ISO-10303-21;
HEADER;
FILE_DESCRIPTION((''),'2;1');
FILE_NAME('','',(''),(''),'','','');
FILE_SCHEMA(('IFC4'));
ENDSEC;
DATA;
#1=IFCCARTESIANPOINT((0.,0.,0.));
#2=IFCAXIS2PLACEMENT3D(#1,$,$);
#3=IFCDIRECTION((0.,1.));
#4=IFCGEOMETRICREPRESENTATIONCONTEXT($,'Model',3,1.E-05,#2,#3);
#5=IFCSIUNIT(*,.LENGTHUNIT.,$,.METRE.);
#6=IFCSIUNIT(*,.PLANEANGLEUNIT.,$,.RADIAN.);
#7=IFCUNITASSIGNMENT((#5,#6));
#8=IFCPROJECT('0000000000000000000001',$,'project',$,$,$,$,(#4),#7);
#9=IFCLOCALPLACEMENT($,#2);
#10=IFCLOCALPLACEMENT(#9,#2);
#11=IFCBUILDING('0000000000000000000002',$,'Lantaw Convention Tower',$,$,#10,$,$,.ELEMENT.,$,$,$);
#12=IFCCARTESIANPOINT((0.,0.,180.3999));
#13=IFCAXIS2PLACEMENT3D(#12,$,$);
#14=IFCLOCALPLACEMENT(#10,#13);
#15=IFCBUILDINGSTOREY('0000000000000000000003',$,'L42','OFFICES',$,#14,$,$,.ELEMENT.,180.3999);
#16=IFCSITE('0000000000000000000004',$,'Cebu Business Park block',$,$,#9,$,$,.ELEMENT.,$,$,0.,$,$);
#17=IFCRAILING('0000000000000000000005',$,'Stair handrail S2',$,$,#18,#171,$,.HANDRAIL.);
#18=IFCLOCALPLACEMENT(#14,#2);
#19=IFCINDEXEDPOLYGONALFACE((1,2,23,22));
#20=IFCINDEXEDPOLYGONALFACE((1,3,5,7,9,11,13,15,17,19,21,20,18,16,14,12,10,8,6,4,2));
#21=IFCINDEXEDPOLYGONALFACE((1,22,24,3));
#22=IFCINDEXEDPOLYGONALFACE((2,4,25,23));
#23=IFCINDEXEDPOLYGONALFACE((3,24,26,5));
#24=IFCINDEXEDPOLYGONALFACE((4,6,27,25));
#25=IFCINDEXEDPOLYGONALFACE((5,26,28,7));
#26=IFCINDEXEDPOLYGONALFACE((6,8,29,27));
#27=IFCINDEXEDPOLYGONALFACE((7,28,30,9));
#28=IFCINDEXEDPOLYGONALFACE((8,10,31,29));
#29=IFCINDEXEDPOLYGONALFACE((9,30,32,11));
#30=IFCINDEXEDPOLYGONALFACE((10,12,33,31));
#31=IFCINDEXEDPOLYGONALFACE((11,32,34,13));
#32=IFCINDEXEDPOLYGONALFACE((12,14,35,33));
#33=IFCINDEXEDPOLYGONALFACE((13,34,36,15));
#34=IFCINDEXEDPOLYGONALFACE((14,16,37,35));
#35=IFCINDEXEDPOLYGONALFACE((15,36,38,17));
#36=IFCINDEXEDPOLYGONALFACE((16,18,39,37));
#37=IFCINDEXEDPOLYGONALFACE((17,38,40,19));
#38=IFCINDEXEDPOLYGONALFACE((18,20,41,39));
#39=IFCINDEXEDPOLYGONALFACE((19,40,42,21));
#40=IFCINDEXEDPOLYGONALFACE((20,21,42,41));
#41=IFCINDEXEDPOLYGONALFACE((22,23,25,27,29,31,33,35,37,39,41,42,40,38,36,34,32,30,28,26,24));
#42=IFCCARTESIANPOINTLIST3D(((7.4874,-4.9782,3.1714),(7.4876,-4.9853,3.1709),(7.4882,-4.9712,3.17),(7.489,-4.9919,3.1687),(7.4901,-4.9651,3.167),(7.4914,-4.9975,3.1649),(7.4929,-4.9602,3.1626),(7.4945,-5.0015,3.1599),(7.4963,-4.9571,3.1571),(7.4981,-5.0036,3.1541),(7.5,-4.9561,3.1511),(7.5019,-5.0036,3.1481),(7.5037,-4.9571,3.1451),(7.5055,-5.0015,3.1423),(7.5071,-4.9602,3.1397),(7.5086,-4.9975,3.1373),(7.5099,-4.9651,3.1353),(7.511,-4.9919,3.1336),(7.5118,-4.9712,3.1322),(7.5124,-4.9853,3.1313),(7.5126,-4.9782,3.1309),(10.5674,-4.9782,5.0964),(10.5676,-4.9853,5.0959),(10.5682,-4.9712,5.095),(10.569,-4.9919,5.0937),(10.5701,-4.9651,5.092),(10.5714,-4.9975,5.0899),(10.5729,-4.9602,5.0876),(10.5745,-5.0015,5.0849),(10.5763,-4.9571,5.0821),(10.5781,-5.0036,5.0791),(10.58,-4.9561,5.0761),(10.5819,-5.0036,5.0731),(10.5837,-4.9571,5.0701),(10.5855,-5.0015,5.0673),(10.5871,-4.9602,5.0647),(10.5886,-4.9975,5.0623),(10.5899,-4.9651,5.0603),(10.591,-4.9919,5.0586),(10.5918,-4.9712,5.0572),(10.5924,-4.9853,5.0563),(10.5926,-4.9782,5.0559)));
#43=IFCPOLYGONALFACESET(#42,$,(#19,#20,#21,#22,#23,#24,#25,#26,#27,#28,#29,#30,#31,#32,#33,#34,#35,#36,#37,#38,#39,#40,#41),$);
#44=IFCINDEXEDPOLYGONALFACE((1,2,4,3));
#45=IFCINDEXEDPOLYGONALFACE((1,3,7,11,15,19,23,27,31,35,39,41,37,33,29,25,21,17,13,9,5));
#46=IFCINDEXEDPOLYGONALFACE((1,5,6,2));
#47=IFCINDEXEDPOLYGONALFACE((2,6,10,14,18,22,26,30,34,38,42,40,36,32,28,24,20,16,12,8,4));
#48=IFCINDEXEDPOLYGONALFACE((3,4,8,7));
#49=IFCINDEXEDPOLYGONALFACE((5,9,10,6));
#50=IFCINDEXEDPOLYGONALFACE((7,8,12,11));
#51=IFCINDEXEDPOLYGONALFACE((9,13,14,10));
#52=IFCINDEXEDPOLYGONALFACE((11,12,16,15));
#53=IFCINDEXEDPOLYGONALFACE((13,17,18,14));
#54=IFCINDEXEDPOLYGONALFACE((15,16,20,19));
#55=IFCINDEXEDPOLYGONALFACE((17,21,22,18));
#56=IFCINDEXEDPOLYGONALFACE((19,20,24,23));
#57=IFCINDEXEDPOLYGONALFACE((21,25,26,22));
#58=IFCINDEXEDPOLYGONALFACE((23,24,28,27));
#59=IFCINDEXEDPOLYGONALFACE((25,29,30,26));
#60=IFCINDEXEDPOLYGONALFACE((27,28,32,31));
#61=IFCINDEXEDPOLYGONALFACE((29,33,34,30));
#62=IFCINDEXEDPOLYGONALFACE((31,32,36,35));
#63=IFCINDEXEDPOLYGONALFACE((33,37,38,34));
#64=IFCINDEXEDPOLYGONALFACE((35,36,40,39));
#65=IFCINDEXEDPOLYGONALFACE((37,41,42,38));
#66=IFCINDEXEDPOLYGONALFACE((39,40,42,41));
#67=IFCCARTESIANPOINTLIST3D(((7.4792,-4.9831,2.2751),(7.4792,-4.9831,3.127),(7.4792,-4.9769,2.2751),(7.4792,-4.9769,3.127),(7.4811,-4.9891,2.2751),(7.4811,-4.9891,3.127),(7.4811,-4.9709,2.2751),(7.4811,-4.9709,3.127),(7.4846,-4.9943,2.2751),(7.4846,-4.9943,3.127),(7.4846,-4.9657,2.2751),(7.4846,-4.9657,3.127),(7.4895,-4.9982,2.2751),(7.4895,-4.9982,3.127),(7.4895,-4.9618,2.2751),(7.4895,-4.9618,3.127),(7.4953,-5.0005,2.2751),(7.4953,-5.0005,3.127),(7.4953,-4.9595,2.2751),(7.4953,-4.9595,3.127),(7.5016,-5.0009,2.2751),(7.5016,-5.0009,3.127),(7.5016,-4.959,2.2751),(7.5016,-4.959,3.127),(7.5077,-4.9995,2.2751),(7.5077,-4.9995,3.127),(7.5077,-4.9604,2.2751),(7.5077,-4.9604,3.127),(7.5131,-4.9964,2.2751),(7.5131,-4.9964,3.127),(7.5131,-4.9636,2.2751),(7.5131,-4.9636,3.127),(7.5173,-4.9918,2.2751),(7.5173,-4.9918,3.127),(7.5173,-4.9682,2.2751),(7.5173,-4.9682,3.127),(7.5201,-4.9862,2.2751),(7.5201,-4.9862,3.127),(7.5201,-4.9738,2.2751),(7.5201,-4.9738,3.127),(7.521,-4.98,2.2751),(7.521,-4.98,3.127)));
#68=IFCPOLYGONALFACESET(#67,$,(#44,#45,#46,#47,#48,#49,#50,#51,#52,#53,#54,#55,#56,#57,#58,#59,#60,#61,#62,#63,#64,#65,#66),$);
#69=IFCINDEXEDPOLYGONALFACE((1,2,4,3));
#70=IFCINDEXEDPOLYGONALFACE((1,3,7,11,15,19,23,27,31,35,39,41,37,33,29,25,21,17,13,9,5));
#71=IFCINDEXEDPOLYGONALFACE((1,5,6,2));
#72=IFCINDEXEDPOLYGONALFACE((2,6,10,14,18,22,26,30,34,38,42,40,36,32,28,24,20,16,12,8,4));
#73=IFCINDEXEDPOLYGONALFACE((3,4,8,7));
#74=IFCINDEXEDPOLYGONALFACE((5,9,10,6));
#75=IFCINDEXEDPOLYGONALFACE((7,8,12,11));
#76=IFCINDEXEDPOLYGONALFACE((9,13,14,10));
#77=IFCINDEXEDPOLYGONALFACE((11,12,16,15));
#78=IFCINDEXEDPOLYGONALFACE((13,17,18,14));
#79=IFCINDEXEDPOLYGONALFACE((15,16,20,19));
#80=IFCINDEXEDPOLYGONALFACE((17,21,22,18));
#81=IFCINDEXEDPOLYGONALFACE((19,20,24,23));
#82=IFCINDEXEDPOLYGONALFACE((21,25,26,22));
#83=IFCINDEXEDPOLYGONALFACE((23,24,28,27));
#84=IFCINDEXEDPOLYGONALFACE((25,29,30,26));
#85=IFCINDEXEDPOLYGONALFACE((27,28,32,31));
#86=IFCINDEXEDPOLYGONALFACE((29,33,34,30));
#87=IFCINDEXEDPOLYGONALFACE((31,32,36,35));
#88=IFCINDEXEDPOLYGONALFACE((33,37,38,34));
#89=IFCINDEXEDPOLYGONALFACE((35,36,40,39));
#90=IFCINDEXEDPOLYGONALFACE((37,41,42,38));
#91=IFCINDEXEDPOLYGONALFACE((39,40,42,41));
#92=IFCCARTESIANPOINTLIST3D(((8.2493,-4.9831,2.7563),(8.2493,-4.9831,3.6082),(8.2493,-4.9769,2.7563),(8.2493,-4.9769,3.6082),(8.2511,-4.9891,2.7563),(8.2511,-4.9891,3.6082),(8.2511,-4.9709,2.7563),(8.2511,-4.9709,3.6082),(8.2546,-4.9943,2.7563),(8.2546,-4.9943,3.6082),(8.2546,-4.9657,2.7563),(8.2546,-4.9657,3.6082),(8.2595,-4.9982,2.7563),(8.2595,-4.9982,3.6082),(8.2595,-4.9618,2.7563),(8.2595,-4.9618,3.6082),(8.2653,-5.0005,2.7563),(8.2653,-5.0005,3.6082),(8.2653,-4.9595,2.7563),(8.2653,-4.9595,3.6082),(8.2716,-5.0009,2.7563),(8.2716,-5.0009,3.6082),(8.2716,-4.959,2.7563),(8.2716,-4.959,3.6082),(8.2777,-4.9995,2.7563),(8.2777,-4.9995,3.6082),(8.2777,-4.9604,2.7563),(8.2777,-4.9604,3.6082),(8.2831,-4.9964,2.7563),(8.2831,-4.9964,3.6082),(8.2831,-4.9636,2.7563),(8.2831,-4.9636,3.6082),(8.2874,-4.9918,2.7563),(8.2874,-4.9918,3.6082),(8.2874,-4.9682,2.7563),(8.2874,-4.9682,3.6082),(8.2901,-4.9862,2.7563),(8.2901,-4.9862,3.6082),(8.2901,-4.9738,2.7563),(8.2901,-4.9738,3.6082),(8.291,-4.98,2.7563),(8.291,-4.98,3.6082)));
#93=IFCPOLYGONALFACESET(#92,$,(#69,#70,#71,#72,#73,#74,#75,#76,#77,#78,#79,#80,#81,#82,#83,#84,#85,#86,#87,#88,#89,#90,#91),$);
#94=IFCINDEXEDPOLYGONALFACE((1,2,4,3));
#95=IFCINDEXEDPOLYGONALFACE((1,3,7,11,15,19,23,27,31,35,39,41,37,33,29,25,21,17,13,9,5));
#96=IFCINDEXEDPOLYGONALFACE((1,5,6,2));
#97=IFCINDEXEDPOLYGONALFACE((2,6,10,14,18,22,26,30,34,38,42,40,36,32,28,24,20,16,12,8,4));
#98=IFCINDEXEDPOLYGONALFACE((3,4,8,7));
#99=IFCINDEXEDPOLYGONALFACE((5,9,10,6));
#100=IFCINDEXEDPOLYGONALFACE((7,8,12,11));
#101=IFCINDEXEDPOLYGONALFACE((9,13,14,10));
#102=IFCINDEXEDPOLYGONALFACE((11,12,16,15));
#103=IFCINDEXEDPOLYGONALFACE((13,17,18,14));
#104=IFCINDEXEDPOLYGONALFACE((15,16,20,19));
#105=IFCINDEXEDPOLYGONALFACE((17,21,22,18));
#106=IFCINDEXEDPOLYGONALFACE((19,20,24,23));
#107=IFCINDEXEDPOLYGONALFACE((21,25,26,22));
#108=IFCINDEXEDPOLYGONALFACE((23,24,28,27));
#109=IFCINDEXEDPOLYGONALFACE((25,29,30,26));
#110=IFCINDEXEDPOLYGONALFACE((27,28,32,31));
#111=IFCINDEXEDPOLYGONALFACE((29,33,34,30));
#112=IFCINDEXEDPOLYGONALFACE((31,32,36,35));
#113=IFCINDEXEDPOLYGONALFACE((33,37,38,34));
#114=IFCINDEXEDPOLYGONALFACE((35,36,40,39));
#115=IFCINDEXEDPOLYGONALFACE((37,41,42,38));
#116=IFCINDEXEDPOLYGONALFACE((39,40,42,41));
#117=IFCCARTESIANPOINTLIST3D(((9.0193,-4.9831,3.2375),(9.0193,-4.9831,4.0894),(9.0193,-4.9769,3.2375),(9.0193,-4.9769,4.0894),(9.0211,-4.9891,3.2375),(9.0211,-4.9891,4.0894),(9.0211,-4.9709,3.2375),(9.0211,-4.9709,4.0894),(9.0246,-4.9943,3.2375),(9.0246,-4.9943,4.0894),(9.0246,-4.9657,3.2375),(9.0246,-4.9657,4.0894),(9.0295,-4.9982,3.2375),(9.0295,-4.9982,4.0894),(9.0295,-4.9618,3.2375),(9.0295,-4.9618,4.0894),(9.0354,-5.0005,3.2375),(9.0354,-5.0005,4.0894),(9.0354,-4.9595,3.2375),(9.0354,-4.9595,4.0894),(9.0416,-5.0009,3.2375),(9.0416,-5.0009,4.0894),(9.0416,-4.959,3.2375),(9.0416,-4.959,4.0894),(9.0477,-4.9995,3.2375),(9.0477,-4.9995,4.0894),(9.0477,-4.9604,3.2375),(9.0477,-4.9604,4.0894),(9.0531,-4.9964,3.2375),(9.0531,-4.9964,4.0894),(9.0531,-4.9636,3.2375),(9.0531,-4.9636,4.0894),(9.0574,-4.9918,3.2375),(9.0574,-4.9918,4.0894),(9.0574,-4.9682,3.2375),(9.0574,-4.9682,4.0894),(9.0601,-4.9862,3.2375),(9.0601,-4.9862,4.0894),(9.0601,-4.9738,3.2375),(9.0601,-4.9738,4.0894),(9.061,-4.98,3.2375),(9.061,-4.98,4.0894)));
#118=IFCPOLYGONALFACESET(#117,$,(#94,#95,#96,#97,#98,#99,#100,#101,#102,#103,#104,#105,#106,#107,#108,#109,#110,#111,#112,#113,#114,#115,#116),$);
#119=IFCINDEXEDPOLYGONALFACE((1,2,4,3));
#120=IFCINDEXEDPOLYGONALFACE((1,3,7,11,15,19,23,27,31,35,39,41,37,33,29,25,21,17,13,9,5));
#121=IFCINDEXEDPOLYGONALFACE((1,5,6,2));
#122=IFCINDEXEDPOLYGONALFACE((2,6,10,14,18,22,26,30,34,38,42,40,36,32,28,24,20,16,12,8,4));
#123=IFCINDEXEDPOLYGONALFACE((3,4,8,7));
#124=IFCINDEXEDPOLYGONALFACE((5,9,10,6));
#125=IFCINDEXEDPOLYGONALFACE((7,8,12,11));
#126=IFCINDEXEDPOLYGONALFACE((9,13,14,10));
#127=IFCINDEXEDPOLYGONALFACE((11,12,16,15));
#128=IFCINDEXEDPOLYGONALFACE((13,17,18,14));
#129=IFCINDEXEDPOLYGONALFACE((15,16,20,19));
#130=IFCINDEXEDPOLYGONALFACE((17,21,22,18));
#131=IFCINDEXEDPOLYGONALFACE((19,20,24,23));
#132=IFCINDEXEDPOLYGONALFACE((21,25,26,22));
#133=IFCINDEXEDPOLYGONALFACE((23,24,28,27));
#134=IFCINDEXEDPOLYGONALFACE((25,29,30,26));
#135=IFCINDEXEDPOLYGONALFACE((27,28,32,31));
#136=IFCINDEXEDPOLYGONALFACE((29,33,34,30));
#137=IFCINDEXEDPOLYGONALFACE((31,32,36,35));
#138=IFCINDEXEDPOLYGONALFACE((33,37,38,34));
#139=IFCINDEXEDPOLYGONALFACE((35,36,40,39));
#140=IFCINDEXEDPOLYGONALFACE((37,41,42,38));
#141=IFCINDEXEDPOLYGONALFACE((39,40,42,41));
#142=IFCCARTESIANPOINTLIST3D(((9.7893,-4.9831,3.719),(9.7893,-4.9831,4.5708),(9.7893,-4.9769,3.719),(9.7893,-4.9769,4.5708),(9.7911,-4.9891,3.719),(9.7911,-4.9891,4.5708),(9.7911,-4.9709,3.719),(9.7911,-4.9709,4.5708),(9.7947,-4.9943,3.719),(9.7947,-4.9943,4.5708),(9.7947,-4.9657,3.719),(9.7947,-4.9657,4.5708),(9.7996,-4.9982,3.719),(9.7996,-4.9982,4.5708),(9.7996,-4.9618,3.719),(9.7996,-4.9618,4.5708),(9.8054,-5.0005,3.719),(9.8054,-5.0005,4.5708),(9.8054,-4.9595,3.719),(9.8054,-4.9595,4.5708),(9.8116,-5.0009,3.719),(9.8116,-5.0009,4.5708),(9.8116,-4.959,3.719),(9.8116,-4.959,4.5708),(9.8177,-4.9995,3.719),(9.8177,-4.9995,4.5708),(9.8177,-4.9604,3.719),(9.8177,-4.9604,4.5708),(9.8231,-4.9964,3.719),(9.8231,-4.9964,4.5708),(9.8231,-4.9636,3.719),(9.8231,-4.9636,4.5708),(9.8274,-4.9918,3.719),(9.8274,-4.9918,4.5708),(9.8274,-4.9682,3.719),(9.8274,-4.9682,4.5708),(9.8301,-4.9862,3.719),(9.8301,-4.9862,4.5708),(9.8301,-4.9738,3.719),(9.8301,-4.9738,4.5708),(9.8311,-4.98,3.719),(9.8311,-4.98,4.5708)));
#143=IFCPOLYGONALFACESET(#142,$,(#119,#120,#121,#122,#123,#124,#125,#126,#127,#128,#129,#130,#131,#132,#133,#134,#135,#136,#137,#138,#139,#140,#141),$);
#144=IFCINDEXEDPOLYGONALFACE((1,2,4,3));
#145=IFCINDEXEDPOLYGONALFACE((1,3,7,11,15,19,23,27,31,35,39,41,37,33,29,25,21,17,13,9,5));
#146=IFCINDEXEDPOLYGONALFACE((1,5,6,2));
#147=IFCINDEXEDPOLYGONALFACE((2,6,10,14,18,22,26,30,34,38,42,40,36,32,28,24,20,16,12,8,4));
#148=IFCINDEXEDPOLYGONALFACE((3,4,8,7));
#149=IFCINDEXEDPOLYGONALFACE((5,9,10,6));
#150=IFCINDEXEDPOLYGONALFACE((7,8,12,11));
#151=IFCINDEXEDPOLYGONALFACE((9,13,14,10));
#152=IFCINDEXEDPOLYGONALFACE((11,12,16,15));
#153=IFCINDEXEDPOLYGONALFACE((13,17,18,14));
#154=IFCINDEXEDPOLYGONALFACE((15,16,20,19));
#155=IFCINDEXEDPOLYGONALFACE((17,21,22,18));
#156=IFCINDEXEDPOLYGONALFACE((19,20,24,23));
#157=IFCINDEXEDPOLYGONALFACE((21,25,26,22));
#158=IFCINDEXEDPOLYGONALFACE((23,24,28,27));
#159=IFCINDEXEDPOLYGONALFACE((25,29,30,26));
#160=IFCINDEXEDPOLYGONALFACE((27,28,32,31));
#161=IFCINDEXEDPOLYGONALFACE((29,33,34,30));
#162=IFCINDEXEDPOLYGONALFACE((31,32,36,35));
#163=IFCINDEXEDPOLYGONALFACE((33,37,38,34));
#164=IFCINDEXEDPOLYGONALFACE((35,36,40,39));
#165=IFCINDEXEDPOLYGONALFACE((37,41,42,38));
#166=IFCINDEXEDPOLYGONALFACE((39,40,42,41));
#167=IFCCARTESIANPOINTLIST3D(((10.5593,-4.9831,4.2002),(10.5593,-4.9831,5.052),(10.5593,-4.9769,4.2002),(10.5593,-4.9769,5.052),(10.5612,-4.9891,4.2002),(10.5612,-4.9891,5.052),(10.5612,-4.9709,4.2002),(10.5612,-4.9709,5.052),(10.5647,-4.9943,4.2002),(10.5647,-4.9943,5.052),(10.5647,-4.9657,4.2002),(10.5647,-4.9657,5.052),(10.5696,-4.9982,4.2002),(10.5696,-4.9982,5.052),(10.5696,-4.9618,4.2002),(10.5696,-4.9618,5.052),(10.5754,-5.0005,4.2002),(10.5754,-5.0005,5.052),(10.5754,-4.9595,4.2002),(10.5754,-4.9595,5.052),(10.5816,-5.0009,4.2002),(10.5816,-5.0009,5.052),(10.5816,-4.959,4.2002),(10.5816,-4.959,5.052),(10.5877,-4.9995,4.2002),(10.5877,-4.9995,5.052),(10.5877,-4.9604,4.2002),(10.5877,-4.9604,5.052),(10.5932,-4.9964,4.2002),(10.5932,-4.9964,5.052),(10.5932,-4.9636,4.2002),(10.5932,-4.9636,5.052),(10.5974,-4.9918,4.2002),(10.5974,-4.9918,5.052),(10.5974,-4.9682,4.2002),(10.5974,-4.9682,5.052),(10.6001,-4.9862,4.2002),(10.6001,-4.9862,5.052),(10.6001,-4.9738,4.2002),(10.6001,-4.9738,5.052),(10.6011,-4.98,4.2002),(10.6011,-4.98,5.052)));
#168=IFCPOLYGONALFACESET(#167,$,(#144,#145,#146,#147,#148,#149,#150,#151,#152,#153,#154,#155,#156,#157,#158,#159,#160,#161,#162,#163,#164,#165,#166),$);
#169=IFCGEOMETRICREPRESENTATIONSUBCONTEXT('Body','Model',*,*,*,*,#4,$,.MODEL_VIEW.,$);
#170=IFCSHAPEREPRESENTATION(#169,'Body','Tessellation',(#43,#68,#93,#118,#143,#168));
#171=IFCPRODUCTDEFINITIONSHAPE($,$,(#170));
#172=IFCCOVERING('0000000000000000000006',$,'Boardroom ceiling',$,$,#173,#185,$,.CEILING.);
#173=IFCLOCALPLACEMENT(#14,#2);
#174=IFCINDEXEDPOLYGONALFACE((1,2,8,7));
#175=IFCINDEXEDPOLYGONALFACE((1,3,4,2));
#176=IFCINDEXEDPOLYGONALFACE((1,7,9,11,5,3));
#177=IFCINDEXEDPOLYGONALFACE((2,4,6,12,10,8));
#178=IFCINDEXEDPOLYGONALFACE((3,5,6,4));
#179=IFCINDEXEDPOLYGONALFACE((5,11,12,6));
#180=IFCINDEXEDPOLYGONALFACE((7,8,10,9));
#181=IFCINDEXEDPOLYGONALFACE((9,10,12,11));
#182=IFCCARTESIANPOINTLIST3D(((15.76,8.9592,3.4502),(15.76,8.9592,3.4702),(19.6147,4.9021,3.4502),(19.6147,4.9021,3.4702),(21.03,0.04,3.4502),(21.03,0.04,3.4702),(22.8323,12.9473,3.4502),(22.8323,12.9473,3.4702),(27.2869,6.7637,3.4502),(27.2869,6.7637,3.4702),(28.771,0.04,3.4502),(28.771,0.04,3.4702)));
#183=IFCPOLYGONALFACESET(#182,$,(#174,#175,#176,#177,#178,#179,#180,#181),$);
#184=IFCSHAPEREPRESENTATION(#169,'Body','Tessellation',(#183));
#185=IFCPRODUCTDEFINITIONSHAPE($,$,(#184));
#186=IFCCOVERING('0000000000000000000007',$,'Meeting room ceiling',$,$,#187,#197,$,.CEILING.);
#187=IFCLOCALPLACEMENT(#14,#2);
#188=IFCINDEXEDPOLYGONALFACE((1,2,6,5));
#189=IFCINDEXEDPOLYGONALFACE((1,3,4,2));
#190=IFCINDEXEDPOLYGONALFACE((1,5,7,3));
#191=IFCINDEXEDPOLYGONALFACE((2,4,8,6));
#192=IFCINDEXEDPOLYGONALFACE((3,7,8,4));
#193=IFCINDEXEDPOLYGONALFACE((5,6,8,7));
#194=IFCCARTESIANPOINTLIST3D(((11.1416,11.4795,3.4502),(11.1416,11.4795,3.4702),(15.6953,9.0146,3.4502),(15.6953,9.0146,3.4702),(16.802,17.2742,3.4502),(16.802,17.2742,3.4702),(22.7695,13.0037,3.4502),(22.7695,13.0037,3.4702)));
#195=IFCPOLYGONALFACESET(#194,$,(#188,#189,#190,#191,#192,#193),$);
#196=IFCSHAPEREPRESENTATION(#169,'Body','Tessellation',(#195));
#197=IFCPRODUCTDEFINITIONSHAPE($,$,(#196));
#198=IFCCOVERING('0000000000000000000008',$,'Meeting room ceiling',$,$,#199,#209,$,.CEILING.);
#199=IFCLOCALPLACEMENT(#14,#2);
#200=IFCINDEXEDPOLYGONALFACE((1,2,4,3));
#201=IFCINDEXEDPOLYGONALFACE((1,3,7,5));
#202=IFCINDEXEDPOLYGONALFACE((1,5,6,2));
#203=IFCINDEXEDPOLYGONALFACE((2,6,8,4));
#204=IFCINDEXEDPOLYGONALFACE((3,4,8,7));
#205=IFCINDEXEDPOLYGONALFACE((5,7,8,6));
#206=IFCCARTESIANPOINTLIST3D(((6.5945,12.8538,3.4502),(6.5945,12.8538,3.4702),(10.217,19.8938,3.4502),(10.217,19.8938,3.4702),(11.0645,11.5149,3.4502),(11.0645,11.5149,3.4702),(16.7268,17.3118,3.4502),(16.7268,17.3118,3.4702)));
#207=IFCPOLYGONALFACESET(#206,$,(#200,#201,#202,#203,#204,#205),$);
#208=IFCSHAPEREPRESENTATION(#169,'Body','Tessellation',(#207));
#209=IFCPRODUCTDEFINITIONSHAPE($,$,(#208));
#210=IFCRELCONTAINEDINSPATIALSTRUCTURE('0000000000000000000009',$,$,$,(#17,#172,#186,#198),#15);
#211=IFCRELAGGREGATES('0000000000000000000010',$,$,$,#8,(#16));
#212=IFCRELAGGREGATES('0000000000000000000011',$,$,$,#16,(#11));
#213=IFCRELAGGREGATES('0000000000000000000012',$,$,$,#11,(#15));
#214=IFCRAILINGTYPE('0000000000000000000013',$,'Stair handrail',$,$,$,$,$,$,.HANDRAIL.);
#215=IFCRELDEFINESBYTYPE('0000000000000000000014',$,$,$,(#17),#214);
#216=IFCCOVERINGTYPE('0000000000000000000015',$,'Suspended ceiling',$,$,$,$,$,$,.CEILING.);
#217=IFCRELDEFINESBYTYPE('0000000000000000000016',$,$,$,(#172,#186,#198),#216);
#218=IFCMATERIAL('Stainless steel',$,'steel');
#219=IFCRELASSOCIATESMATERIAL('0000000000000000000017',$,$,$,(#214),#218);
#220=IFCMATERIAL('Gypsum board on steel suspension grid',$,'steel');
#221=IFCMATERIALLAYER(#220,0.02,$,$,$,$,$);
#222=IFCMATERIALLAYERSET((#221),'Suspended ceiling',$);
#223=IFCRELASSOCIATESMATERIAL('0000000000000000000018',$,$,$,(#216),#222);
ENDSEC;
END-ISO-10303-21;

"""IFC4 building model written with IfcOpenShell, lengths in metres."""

from ifc_helpers import new_model, si_unit, direction, frame, origin, origin_2d, place, context, subcontext, project, spatial, polyline, circle, outline, extrude, material, layer, layer_set, type_object, element, save


model = new_model("IFC4")

# Units and contexts
model_context = context("Model", 3, precision=1e-05, world=origin(), true_north=direction((0.0, 1.0)))
body_context = subcontext(model_context, "Body", "Model", "MODEL_VIEW")
ifc_project = project(units=[si_unit("LENGTHUNIT", "METRE"), si_unit("PLANEANGLEUNIT", "RADIAN")], contexts=[model_context])

# Site, building, storey
site_placement = place(None, origin())
site = spatial("IfcSite", under=ifc_project, at=site_placement, Name="Cebu Business Park block", CompositionType="ELEMENT", RefElevation=0.0)
building_placement = place(site_placement, origin())
building = spatial("IfcBuilding", under=site, at=building_placement, Name="Lantaw Convention Tower", CompositionType="ELEMENT")
storey_placement = place(building_placement, frame((0.0, 0.0, 180.3999)))
storey = spatial("IfcBuildingStorey", under=building, at=storey_placement, Name="L42", Description="OFFICES", CompositionType="ELEMENT", Elevation=180.3999)

# Railing
ifc_material_1 = material(Name="Stainless steel", Category="steel")
railing_type = type_object("IfcRailingType", Name="Stair handrail", PredefinedType="HANDRAIL", material=ifc_material_1)
railing_1_placement = place(storey_placement, frame((7.5, -4.98, 2.2751)))
element("IfcRailing", 1, at=railing_1_placement, inside=storey, type_object=railing_type, Name="Stair handrail S2", PredefinedType="HANDRAIL", context=body_context, shape_type="SweptSolid", body=[
    extrude(circle(Radius=0.0239, at=origin_2d()), frame((0.0, 0.0, 0.876), z_axis=(0.847998, 0.0, 0.529999), x_axis=(0.0, 1.0, 0.0)), (0.0, 0.0, 1.0), 3.6321),
    extrude(circle(Radius=0.021, at=origin_2d()), origin(), (0.0, 0.0, 1.0), 0.8518),
    extrude(circle(Radius=0.021, at=origin_2d()), frame((0.77, 0.0, 0.4812)), (0.0, 0.0, 1.0), 0.8518),
    extrude(circle(Radius=0.021, at=origin_2d()), frame((1.54, 0.0, 0.9624)), (0.0, 0.0, 1.0), 0.8518),
    extrude(circle(Radius=0.021, at=origin_2d()), frame((2.3101, 0.0, 1.4438)), (0.0, 0.0, 1.0), 0.8518),
    extrude(circle(Radius=0.021, at=origin_2d()), frame((3.0801, 0.0, 1.925)), (0.0, 0.0, 1.0), 0.8518),
])

# Coverings
ifc_material_2 = material(Name="Gypsum board on steel suspension grid", Category="steel")
ifc_layer_1 = layer(ifc_material_2, 0.02)
ifc_layer_set_1 = layer_set([ifc_layer_1], Name="Suspended ceiling")
covering_type = type_object("IfcCoveringType", Name="Suspended ceiling", PredefinedType="CEILING", material=ifc_layer_set_1)
covering_1_placement = place(storey_placement, frame((0.0, 0.0, 3.4502)))
element("IfcCovering", 2, at=covering_1_placement, inside=storey, type_object=covering_type, Name="Boardroom ceiling", PredefinedType="CEILING", context=body_context, shape_type="SweptSolid", body=[
    extrude(outline(polyline([(21.03, 0.04), (28.771, 0.04), (27.2869, 6.7637), (22.8323, 12.9473), (15.76, 8.9592), (19.6147, 4.9021), (21.03, 0.04)])), origin(), (0.0, 0.0, 1.0), 0.02),
])
covering_2_placement = place(storey_placement, frame((0.0, 0.0, 3.4502)))
element("IfcCovering", 3, at=covering_2_placement, inside=storey, type_object=covering_type, Name="Meeting room ceiling", PredefinedType="CEILING", context=body_context, shape_type="SweptSolid", body=[
    extrude(outline(polyline([(15.6953, 9.0146), (22.7695, 13.0037), (16.802, 17.2742), (11.1416, 11.4795), (15.6953, 9.0146)])), origin(), (0.0, 0.0, 1.0), 0.02),
])
covering_3_placement = place(storey_placement, frame((0.0, 0.0, 3.4502)))
element("IfcCovering", 4, at=covering_3_placement, inside=storey, type_object=covering_type, Name="Meeting room ceiling", PredefinedType="CEILING", context=body_context, shape_type="SweptSolid", body=[
    extrude(outline(polyline([(11.0645, 11.5149), (16.7268, 17.3118), (10.217, 19.8938), (6.5945, 12.8538), (11.0645, 11.5149)])), origin(), (0.0, 0.0, 1.0), 0.02),
])

save(model, "model.ifc")
